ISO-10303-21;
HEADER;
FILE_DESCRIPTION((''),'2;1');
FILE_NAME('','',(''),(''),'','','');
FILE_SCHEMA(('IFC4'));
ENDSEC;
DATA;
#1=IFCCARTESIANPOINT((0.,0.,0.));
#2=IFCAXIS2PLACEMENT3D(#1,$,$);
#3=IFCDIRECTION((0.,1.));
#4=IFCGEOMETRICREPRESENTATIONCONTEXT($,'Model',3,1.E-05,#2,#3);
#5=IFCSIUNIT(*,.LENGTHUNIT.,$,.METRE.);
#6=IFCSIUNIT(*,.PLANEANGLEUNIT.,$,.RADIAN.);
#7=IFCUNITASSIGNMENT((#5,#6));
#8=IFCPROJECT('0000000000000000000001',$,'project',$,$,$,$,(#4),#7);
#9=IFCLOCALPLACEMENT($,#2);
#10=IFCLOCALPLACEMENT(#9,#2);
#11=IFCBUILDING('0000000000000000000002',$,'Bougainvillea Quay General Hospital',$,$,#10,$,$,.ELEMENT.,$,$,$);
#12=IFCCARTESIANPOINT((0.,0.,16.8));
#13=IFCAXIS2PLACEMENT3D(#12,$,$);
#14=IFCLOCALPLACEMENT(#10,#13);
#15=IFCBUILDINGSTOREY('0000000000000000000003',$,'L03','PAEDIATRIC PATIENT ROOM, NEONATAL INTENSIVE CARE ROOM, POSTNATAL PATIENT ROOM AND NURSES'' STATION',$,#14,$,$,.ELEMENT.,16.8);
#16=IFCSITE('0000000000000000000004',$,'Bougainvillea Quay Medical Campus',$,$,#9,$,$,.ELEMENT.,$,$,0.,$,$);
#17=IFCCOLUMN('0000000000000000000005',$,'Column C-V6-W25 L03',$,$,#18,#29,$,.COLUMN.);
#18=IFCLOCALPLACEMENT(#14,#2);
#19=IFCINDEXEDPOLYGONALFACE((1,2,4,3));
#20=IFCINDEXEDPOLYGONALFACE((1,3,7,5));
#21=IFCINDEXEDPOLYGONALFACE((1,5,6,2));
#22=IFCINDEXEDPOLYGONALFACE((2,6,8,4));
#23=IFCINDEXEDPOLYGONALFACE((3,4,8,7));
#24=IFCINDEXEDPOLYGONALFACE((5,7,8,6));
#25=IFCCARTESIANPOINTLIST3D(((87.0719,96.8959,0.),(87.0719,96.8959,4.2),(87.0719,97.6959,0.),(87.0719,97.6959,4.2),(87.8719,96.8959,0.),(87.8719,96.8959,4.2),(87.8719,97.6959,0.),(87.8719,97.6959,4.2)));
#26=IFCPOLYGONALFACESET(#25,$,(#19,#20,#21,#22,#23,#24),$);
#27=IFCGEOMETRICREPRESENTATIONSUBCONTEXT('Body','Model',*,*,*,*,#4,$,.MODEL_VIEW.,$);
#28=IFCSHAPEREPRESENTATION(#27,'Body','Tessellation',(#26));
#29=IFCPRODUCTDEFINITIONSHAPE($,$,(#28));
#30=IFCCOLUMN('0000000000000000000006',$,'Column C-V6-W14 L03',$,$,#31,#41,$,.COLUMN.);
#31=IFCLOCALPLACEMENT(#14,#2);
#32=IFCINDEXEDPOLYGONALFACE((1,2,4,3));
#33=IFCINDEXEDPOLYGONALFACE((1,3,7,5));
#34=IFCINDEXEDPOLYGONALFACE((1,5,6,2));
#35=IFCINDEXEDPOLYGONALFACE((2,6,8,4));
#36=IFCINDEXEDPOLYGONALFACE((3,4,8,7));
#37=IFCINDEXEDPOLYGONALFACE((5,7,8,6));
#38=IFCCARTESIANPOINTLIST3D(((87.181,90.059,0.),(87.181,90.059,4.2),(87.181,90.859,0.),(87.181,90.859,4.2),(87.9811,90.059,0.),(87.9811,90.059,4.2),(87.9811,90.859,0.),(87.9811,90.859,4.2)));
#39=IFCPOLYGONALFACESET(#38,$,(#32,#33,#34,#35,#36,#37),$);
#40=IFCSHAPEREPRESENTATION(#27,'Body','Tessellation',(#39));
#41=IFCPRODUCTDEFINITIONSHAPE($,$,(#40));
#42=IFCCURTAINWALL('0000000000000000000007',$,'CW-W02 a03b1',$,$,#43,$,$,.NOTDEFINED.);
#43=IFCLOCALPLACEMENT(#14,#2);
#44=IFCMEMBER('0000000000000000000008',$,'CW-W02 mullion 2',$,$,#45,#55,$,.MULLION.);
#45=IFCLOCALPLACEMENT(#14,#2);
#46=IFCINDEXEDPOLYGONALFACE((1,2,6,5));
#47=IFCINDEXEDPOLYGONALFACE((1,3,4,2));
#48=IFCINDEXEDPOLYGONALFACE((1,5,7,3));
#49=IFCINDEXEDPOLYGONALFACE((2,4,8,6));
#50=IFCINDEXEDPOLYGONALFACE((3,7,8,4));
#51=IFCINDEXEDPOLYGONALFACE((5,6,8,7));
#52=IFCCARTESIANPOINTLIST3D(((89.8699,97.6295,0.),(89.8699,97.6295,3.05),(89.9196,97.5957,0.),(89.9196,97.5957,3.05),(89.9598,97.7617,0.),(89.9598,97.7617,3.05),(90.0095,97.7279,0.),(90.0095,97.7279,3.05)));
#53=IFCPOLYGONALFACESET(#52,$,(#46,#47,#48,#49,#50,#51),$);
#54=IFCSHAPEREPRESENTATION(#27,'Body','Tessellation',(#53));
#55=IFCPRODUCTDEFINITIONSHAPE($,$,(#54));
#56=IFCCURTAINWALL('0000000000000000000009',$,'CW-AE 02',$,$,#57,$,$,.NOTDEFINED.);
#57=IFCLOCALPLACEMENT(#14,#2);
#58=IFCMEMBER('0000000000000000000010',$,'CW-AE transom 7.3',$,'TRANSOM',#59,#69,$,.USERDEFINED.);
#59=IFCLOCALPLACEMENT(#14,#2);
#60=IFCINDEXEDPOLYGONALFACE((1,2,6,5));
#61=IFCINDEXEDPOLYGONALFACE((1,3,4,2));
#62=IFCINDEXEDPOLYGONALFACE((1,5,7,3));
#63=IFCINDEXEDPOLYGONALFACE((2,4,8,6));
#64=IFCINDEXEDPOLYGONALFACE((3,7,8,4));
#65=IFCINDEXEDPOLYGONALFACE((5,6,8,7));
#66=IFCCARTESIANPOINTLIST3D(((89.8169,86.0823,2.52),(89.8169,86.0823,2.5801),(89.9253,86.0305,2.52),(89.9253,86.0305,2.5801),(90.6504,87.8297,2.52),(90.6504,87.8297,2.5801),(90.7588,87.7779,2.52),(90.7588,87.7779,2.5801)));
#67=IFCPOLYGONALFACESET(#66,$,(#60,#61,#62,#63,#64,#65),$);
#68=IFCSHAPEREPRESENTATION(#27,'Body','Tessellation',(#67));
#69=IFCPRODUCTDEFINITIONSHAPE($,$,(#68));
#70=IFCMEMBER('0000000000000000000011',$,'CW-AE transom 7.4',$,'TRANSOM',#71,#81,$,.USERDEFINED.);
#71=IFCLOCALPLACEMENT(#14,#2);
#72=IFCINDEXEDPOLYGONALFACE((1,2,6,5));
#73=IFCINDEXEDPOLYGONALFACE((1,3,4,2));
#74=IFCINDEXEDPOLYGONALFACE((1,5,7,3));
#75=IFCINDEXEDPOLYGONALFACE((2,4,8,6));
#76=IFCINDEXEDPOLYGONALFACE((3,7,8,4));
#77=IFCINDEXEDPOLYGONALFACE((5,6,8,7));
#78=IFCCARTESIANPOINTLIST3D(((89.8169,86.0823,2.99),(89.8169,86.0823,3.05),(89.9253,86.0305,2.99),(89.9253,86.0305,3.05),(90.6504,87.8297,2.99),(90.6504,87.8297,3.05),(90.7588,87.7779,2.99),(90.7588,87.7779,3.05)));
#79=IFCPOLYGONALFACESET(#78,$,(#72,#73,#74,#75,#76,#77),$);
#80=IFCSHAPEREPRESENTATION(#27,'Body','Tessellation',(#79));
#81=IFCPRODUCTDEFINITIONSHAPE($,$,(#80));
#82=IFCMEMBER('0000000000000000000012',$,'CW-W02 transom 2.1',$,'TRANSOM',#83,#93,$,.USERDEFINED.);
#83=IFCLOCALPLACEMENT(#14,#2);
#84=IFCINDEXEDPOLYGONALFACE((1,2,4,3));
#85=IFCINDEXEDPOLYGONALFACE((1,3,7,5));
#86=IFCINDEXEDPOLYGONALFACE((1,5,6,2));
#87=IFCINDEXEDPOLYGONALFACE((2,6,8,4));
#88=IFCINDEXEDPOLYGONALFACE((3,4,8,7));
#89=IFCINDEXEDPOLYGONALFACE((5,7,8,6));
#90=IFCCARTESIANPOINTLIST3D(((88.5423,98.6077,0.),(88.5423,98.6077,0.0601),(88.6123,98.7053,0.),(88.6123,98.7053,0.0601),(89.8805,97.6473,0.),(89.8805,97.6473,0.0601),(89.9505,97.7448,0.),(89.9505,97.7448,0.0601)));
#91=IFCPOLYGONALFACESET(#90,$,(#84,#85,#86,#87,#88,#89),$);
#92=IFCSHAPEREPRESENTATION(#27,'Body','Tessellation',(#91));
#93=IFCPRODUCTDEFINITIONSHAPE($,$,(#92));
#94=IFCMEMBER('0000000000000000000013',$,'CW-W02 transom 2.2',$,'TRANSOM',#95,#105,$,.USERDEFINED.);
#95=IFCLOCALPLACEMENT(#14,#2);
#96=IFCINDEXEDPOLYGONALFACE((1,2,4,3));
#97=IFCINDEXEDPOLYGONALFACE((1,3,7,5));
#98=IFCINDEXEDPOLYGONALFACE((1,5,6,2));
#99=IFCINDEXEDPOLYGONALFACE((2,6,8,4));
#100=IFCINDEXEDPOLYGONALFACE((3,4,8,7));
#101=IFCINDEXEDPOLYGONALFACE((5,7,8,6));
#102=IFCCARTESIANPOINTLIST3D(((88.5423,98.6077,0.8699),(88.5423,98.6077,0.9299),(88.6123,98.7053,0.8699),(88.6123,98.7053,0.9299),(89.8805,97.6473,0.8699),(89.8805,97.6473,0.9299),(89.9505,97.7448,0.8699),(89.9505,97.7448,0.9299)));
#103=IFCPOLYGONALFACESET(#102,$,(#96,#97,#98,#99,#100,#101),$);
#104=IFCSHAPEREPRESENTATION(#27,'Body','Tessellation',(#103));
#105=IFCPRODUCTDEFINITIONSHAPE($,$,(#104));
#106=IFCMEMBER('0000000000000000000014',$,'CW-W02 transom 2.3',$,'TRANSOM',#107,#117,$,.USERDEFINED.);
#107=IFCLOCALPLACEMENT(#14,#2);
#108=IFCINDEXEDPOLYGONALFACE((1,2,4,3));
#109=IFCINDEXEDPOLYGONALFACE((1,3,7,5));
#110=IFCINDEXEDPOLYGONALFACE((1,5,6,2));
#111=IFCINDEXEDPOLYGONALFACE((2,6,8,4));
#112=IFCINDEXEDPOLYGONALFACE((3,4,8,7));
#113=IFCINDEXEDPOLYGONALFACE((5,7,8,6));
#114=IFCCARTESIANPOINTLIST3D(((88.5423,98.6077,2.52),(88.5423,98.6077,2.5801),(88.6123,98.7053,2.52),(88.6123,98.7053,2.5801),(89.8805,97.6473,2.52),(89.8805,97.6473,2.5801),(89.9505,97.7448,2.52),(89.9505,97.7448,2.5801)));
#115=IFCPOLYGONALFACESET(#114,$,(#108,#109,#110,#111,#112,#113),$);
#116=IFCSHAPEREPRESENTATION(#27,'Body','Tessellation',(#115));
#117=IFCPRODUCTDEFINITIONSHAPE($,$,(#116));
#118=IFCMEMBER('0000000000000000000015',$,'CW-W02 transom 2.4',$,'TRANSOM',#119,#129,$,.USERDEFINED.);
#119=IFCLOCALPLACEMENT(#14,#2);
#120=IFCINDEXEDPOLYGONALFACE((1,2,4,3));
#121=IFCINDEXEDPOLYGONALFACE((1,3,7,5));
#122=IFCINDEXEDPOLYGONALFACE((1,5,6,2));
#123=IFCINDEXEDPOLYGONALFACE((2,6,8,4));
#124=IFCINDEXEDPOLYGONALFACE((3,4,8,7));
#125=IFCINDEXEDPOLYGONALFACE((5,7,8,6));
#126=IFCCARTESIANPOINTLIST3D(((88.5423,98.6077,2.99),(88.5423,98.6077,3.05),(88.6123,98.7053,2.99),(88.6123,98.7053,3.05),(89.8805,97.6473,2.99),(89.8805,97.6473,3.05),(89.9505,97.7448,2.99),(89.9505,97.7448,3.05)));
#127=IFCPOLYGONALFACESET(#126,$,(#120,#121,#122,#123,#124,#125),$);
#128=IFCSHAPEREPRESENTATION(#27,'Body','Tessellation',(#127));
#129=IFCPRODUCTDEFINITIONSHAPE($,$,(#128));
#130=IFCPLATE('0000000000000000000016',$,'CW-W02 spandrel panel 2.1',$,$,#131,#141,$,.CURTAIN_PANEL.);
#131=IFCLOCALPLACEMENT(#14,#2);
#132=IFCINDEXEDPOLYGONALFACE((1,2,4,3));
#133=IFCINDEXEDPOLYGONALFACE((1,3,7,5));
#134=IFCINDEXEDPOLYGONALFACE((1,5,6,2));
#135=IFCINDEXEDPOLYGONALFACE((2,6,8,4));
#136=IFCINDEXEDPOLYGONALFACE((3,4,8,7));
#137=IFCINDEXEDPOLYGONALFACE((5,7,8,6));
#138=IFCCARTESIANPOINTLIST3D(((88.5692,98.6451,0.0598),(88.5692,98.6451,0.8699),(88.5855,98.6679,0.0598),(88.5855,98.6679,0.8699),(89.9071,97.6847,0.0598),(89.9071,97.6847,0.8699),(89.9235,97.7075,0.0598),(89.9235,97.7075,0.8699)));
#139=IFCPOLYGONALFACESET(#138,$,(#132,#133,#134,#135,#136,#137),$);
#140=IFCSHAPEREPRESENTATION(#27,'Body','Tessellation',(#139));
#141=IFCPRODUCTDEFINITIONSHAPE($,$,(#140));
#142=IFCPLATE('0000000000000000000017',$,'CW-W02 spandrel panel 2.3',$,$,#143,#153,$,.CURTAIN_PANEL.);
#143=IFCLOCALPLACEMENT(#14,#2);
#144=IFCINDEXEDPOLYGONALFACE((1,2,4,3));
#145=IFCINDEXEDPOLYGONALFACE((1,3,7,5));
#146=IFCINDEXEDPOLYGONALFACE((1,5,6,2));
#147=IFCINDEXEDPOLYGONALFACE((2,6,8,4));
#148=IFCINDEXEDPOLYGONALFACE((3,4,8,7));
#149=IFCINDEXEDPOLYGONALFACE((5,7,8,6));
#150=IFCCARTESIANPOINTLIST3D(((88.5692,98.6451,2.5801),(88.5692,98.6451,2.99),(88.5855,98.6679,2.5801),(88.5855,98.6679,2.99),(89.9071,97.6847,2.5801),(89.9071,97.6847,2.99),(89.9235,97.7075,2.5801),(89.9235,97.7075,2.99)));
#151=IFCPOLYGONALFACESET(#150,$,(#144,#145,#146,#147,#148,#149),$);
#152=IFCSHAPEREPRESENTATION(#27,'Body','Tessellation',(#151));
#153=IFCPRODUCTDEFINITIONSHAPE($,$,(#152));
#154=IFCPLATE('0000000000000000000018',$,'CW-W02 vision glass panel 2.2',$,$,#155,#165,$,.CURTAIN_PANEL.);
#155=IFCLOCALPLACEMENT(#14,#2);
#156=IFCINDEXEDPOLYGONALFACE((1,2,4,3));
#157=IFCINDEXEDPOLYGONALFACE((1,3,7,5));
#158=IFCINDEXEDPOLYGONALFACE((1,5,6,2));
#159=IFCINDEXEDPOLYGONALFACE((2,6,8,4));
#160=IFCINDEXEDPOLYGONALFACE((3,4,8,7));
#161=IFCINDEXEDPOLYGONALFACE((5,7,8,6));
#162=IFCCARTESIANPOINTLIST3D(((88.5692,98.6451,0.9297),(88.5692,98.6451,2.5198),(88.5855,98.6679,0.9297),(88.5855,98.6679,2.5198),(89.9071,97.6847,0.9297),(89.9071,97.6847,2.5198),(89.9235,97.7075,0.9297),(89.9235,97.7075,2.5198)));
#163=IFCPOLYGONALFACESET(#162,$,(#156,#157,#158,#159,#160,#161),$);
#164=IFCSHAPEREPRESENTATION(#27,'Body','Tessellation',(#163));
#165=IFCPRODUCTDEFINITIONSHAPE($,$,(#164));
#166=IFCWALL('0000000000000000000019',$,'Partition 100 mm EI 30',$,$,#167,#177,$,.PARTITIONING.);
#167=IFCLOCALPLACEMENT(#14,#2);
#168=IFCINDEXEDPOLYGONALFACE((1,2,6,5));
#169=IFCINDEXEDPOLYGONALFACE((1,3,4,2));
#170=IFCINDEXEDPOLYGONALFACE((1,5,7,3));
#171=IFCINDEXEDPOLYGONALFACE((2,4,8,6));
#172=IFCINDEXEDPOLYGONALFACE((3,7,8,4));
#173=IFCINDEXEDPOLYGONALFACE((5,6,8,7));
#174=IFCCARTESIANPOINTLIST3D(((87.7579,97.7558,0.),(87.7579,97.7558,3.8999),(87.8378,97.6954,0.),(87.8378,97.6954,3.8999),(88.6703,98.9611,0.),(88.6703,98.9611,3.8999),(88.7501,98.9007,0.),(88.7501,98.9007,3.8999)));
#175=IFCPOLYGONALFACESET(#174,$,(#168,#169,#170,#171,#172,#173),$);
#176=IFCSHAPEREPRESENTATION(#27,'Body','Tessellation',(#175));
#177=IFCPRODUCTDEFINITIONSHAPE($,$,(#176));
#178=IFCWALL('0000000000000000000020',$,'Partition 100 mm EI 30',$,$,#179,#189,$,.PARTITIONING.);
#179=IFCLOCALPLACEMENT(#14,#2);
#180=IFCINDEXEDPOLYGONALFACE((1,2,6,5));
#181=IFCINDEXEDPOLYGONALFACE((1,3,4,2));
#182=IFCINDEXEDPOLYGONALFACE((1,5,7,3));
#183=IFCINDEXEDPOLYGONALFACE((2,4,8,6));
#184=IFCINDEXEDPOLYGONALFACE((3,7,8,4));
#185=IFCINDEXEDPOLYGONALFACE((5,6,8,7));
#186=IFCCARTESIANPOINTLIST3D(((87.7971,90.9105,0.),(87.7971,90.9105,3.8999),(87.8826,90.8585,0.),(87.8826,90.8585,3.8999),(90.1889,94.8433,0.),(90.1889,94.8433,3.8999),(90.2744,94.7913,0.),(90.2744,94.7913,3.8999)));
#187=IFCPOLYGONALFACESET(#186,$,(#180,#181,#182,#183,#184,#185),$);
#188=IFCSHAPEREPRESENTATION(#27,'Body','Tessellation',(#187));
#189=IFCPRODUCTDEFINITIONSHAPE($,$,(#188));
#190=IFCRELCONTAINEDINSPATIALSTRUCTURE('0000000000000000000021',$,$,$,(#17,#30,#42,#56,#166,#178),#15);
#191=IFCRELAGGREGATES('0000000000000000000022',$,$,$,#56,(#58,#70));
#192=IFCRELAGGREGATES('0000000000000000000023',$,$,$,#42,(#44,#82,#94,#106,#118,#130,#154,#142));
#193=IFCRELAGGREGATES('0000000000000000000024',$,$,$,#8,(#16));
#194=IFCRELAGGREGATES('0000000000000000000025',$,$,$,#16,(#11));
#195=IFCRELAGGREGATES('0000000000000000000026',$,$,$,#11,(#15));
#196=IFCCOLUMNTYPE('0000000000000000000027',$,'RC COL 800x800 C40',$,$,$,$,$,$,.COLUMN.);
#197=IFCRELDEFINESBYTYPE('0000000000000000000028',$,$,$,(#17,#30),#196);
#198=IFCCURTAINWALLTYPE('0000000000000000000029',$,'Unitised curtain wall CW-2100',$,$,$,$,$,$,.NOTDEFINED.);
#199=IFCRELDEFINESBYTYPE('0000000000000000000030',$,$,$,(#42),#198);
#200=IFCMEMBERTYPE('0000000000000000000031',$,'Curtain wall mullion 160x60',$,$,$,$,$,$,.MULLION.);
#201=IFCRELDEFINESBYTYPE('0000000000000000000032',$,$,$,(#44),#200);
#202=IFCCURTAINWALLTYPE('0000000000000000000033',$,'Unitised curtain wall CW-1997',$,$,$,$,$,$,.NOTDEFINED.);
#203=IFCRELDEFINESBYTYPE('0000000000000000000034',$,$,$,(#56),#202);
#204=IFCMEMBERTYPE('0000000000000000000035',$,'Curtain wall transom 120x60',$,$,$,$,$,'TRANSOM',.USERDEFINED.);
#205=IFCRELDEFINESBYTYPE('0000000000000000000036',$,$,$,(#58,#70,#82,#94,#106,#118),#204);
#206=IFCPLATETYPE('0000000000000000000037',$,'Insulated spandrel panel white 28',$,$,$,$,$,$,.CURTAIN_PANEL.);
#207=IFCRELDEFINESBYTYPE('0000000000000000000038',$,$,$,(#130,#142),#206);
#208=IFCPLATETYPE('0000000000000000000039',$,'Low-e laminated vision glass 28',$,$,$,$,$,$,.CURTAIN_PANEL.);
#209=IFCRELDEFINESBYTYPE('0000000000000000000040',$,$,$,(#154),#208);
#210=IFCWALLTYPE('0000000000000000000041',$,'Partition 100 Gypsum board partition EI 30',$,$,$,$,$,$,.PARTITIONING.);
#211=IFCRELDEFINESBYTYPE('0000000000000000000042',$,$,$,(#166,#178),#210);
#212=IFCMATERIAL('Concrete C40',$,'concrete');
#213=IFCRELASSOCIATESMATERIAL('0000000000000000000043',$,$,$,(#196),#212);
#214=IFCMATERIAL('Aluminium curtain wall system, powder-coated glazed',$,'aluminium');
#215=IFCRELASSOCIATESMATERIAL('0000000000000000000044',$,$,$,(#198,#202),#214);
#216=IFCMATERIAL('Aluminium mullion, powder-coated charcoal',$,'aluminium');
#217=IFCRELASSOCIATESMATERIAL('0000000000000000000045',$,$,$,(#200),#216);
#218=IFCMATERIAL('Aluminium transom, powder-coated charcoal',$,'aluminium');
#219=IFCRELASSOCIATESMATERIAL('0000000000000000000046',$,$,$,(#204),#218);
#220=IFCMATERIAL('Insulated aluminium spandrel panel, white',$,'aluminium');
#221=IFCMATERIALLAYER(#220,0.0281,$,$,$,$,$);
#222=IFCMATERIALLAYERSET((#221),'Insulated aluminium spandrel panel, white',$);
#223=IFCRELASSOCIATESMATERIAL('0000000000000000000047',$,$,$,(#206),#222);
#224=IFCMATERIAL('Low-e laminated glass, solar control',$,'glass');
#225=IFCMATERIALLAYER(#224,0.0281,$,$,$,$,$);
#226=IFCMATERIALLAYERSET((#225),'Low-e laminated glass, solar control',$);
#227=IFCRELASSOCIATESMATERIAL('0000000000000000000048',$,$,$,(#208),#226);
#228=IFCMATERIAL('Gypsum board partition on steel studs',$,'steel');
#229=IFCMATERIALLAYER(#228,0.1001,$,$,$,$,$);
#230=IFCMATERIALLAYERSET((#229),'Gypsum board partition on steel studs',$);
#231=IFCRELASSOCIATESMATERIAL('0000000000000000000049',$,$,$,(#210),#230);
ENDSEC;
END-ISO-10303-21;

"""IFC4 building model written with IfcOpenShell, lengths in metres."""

from ifc_helpers import new_model, si_unit, direction, frame, frame_2d, origin, origin_2d, place, context, subcontext, project, spatial, rectangle, extrude, material, layer, layer_set, material_profile, profile_set, type_object, element, aggregate, save


model = new_model("IFC4")

# Units and contexts
model_context = context("Model", 3, precision=1e-05, world=origin(), true_north=direction((0.0, 1.0)))
body_context = subcontext(model_context, "Body", "Model", "MODEL_VIEW")
ifc_project = project(units=[si_unit("LENGTHUNIT", "METRE"), si_unit("PLANEANGLEUNIT", "RADIAN")], contexts=[model_context])

# Site, building, storey
site_placement = place(None, origin())
site = spatial("IfcSite", under=ifc_project, at=site_placement, Name="Bougainvillea Quay Medical Campus", CompositionType="ELEMENT", RefElevation=0.0)
building_placement = place(site_placement, origin())
building = spatial("IfcBuilding", under=site, at=building_placement, Name="Bougainvillea Quay General Hospital", CompositionType="ELEMENT")
storey_placement = place(building_placement, frame((0.0, 0.0, 16.8)))
storey = spatial("IfcBuildingStorey", under=building, at=storey_placement, Name="L03", Description="PAEDIATRIC PATIENT ROOM, NEONATAL INTENSIVE CARE ROOM, POSTNATAL PATIENT ROOM AND NURSES' STATION", CompositionType="ELEMENT", Elevation=16.8)

# Columns
ifc_material_1 = material(Name="Concrete C40", Category="concrete")
ifc_material_profile_1 = material_profile(ifc_material_1, rectangle(XDim=0.8, YDim=0.8, at=origin_2d()))
ifc_profile_set_1 = profile_set([ifc_material_profile_1], Name="Concrete C40")
column_type = type_object("IfcColumnType", Name="RC COL 800x800 C40", PredefinedType="COLUMN", material=ifc_profile_set_1)
for number, where, z_axis, x_axis, name in (
    (1, (87.4719, 97.2959, 0.0), (0.0, 0.0, 1.0), (1.0, 0.0, 0.0), "Column C-V6-W25 L03"),
    (2, (87.5811, 90.459, 0.0), (0.0, 0.0, 1.0), (1.0, 0.0, 0.0), "Column C-V6-W14 L03"),
):
    element("IfcColumn", number, at=place(storey_placement, frame(where, z_axis=z_axis, x_axis=x_axis)), inside=storey, type_object=column_type, Name=name, PredefinedType="COLUMN", context=body_context, shape_type="SweptSolid", body=[
        extrude(rectangle(XDim=0.8, YDim=0.8, at=origin_2d()), origin(), (0.0, 0.0, 1.0), 4.2),
    ])

# Curtain wall, member
ifc_material_2 = material(Name="Aluminium curtain wall system, powder-coated glazed", Category="aluminium")
curtain_wall_type_1 = type_object("IfcCurtainWallType", Name="Unitised curtain wall CW-2100", PredefinedType="NOTDEFINED", material=ifc_material_2)
curtain_wall_1_placement = place(storey_placement, origin())
curtain_wall_1 = element("IfcCurtainWall", 3, at=curtain_wall_1_placement, inside=storey, type_object=curtain_wall_type_1, Name="CW-W02 a03b1", PredefinedType="NOTDEFINED")
ifc_material_3 = material(Name="Aluminium mullion, powder-coated charcoal", Category="aluminium")
ifc_material_profile_2 = material_profile(ifc_material_3, rectangle(XDim=0.1599, YDim=0.0601, at=origin_2d()))
ifc_profile_set_2 = profile_set([ifc_material_profile_2], Name="Aluminium mullion, powder-coated charcoal")
member_type_1 = type_object("IfcMemberType", Name="Curtain wall mullion 160x60", PredefinedType="MULLION", material=ifc_profile_set_2)
member_1_placement = place(storey_placement, frame((89.9397, 97.6787, 0.0), z_axis=(0.0, 0.0, 1.0), x_axis=(-0.562343, -0.826904, 0.0)))
member_1 = element("IfcMember", 4, at=member_1_placement, type_object=member_type_1, Name="CW-W02 mullion 2", PredefinedType="MULLION", context=body_context, shape_type="SweptSolid", body=[
    extrude(rectangle(XDim=0.1599, YDim=0.0601, at=origin_2d()), origin(), (0.0, 0.0, 1.0), 3.05),
])

# Curtain wall, members
curtain_wall_type_2 = type_object("IfcCurtainWallType", Name="Unitised curtain wall CW-1997", PredefinedType="NOTDEFINED", material=ifc_material_2)
curtain_wall_2_placement = place(storey_placement, origin())
curtain_wall_2 = element("IfcCurtainWall", 5, at=curtain_wall_2_placement, inside=storey, type_object=curtain_wall_type_2, Name="CW-AE 02", PredefinedType="NOTDEFINED")
ifc_material_4 = material(Name="Aluminium transom, powder-coated charcoal", Category="aluminium")
ifc_material_profile_3 = material_profile(ifc_material_4, rectangle(XDim=0.1201, YDim=0.0601, at=origin_2d()))
ifc_profile_set_3 = profile_set([ifc_material_profile_3], Name="Aluminium transom, powder-coated charcoal")
member_type_2 = type_object("IfcMemberType", Name="Curtain wall transom 120x60", ElementType="TRANSOM", PredefinedType="USERDEFINED", material=ifc_profile_set_3)
member_2_placement = place(storey_placement, frame((89.8711, 86.0564, 2.55), z_axis=(0.43054, 0.902571, 0.0), x_axis=(-0.902571, 0.43054, 0.0)))
member_2 = element("IfcMember", 6, at=member_2_placement, type_object=member_type_2, Name="CW-AE transom 7.3", ObjectType="TRANSOM", PredefinedType="USERDEFINED", context=body_context, shape_type="SweptSolid", body=[
    extrude(rectangle(XDim=0.1201, YDim=0.0601, at=origin_2d()), origin(), (0.0, 0.0, 1.0), 1.936),
])
member_3_placement = place(storey_placement, frame((89.8711, 86.0564, 3.02), z_axis=(0.43054, 0.902571, 0.0), x_axis=(-0.902571, 0.43054, 0.0)))
member_3 = element("IfcMember", 7, at=member_3_placement, type_object=member_type_2, Name="CW-AE transom 7.4", ObjectType="TRANSOM", PredefinedType="USERDEFINED", context=body_context, shape_type="SweptSolid", body=[
    extrude(rectangle(XDim=0.1201, YDim=0.0601, at=origin_2d()), origin(), (0.0, 0.0, 1.0), 1.936),
])
aggregate(curtain_wall_2, [member_2, member_3])

# Members
member_4_placement = place(storey_placement, frame((89.9155, 97.696, 0.03), z_axis=(-0.812399, 0.583101, 0.0), x_axis=(-0.583101, -0.812399, 0.0)))
member_4 = element("IfcMember", 8, at=member_4_placement, type_object=member_type_2, Name="CW-W02 transom 2.1", ObjectType="TRANSOM", PredefinedType="USERDEFINED", context=body_context, shape_type="SweptSolid", body=[
    extrude(rectangle(XDim=0.1201, YDim=0.0601, at=origin_2d()), origin(), (0.0, 0.0, 1.0), 1.6472),
])
member_5_placement = place(storey_placement, frame((89.9155, 97.696, 0.8999), z_axis=(-0.812399, 0.583101, 0.0), x_axis=(-0.583101, -0.812399, 0.0)))
member_5 = element("IfcMember", 9, at=member_5_placement, type_object=member_type_2, Name="CW-W02 transom 2.2", ObjectType="TRANSOM", PredefinedType="USERDEFINED", context=body_context, shape_type="SweptSolid", body=[
    extrude(rectangle(XDim=0.1201, YDim=0.0601, at=origin_2d()), origin(), (0.0, 0.0, 1.0), 1.6472),
])
member_6_placement = place(storey_placement, frame((89.9155, 97.696, 2.55), z_axis=(-0.812399, 0.583101, 0.0), x_axis=(-0.583101, -0.812399, 0.0)))
member_6 = element("IfcMember", 10, at=member_6_placement, type_object=member_type_2, Name="CW-W02 transom 2.3", ObjectType="TRANSOM", PredefinedType="USERDEFINED", context=body_context, shape_type="SweptSolid", body=[
    extrude(rectangle(XDim=0.1201, YDim=0.0601, at=origin_2d()), origin(), (0.0, 0.0, 1.0), 1.6472),
])
member_7_placement = place(storey_placement, frame((89.9155, 97.696, 3.02), z_axis=(-0.812399, 0.583101, 0.0), x_axis=(-0.583101, -0.812399, 0.0)))
member_7 = element("IfcMember", 11, at=member_7_placement, type_object=member_type_2, Name="CW-W02 transom 2.4", ObjectType="TRANSOM", PredefinedType="USERDEFINED", context=body_context, shape_type="SweptSolid", body=[
    extrude(rectangle(XDim=0.1201, YDim=0.0601, at=origin_2d()), origin(), (0.0, 0.0, 1.0), 1.6472),
])

# Plates
ifc_material_5 = material(Name="Insulated aluminium spandrel panel, white", Category="aluminium")
ifc_layer_1 = layer(ifc_material_5, 0.0281)
ifc_layer_set_1 = layer_set([ifc_layer_1], Name="Insulated aluminium spandrel panel, white")
plate_type_1 = type_object("IfcPlateType", Name="Insulated spandrel panel white 28", PredefinedType="CURTAIN_PANEL", material=ifc_layer_set_1)
plate_1_placement = place(storey_placement, frame((89.2463, 98.1763, 0.0598), z_axis=(0.0, 0.0, 1.0), x_axis=(-0.812379, 0.58313, 0.0)))
plate_1 = element("IfcPlate", 12, at=plate_1_placement, type_object=plate_type_1, Name="CW-W02 spandrel panel 2.1", PredefinedType="CURTAIN_PANEL", context=body_context, shape_type="SweptSolid", body=[
    extrude(rectangle(XDim=1.647, YDim=0.0281, at=origin_2d()), origin(), (0.0, 0.0, 1.0), 0.8101),
])
plate_2_placement = place(storey_placement, frame((89.2463, 98.1763, 2.5801), z_axis=(0.0, 0.0, 1.0), x_axis=(-0.812379, 0.58313, 0.0)))
plate_2 = element("IfcPlate", 13, at=plate_2_placement, type_object=plate_type_1, Name="CW-W02 spandrel panel 2.3", PredefinedType="CURTAIN_PANEL", context=body_context, shape_type="SweptSolid", body=[
    extrude(rectangle(XDim=1.647, YDim=0.0281, at=origin_2d()), origin(), (0.0, 0.0, 1.0), 0.4099),
])
ifc_material_6 = material(Name="Low-e laminated glass, solar control", Category="glass")
ifc_layer_2 = layer(ifc_material_6, 0.0281)
ifc_layer_set_2 = layer_set([ifc_layer_2], Name="Low-e laminated glass, solar control")
plate_type_2 = type_object("IfcPlateType", Name="Low-e laminated vision glass 28", PredefinedType="CURTAIN_PANEL", material=ifc_layer_set_2)
plate_3_placement = place(storey_placement, frame((89.2463, 98.1763, 0.9297), z_axis=(0.0, 0.0, 1.0), x_axis=(-0.812379, 0.58313, 0.0)))
plate_3 = element("IfcPlate", 14, at=plate_3_placement, type_object=plate_type_2, Name="CW-W02 vision glass panel 2.2", PredefinedType="CURTAIN_PANEL", context=body_context, shape_type="SweptSolid", body=[
    extrude(rectangle(XDim=1.647, YDim=0.0281, at=origin_2d()), origin(), (0.0, 0.0, 1.0), 1.5901),
])
aggregate(curtain_wall_1, [member_1, member_4, member_5, member_6, member_7, plate_1, plate_3, plate_2])

# Walls
ifc_material_7 = material(Name="Gypsum board partition on steel studs", Category="steel")
ifc_layer_3 = layer(ifc_material_7, 0.1001)
ifc_layer_set_3 = layer_set([ifc_layer_3], Name="Gypsum board partition on steel studs")
wall_type_1 = type_object("IfcWallType", Name="Partition 100 Gypsum board partition EI 30", PredefinedType="PARTITIONING", material=ifc_layer_set_3)
wall_1_placement = place(storey_placement, frame((87.7979, 97.7256, 0.0), z_axis=(0.0, 0.0, 1.0), x_axis=(0.603534, 0.797337, 0.0)))
element("IfcWall", 15, at=wall_1_placement, inside=storey, type_object=wall_type_1, Name="Partition 100 mm EI 30", PredefinedType="PARTITIONING", context=body_context, shape_type="SweptSolid", body=[
    extrude(rectangle(XDim=1.5117, YDim=0.1001, at=frame_2d((0.7559, 0.0))), origin(), (0.0, 0.0, 1.0), 3.8999),
])
wall_2_placement = place(storey_placement, frame((87.8398, 90.8845, 0.0), z_axis=(0.0, 0.0, 1.0), x_axis=(0.519619, 0.854398, 0.0)))
element("IfcWall", 16, at=wall_2_placement, inside=storey, type_object=wall_type_1, Name="Partition 100 mm EI 30", PredefinedType="PARTITIONING", context=body_context, shape_type="SweptSolid", body=[
    extrude(rectangle(XDim=4.603, YDim=0.1001, at=frame_2d((2.3015, 0.0))), origin(), (0.0, 0.0, 1.0), 3.8999),
])

save(model, "model.ifc")
